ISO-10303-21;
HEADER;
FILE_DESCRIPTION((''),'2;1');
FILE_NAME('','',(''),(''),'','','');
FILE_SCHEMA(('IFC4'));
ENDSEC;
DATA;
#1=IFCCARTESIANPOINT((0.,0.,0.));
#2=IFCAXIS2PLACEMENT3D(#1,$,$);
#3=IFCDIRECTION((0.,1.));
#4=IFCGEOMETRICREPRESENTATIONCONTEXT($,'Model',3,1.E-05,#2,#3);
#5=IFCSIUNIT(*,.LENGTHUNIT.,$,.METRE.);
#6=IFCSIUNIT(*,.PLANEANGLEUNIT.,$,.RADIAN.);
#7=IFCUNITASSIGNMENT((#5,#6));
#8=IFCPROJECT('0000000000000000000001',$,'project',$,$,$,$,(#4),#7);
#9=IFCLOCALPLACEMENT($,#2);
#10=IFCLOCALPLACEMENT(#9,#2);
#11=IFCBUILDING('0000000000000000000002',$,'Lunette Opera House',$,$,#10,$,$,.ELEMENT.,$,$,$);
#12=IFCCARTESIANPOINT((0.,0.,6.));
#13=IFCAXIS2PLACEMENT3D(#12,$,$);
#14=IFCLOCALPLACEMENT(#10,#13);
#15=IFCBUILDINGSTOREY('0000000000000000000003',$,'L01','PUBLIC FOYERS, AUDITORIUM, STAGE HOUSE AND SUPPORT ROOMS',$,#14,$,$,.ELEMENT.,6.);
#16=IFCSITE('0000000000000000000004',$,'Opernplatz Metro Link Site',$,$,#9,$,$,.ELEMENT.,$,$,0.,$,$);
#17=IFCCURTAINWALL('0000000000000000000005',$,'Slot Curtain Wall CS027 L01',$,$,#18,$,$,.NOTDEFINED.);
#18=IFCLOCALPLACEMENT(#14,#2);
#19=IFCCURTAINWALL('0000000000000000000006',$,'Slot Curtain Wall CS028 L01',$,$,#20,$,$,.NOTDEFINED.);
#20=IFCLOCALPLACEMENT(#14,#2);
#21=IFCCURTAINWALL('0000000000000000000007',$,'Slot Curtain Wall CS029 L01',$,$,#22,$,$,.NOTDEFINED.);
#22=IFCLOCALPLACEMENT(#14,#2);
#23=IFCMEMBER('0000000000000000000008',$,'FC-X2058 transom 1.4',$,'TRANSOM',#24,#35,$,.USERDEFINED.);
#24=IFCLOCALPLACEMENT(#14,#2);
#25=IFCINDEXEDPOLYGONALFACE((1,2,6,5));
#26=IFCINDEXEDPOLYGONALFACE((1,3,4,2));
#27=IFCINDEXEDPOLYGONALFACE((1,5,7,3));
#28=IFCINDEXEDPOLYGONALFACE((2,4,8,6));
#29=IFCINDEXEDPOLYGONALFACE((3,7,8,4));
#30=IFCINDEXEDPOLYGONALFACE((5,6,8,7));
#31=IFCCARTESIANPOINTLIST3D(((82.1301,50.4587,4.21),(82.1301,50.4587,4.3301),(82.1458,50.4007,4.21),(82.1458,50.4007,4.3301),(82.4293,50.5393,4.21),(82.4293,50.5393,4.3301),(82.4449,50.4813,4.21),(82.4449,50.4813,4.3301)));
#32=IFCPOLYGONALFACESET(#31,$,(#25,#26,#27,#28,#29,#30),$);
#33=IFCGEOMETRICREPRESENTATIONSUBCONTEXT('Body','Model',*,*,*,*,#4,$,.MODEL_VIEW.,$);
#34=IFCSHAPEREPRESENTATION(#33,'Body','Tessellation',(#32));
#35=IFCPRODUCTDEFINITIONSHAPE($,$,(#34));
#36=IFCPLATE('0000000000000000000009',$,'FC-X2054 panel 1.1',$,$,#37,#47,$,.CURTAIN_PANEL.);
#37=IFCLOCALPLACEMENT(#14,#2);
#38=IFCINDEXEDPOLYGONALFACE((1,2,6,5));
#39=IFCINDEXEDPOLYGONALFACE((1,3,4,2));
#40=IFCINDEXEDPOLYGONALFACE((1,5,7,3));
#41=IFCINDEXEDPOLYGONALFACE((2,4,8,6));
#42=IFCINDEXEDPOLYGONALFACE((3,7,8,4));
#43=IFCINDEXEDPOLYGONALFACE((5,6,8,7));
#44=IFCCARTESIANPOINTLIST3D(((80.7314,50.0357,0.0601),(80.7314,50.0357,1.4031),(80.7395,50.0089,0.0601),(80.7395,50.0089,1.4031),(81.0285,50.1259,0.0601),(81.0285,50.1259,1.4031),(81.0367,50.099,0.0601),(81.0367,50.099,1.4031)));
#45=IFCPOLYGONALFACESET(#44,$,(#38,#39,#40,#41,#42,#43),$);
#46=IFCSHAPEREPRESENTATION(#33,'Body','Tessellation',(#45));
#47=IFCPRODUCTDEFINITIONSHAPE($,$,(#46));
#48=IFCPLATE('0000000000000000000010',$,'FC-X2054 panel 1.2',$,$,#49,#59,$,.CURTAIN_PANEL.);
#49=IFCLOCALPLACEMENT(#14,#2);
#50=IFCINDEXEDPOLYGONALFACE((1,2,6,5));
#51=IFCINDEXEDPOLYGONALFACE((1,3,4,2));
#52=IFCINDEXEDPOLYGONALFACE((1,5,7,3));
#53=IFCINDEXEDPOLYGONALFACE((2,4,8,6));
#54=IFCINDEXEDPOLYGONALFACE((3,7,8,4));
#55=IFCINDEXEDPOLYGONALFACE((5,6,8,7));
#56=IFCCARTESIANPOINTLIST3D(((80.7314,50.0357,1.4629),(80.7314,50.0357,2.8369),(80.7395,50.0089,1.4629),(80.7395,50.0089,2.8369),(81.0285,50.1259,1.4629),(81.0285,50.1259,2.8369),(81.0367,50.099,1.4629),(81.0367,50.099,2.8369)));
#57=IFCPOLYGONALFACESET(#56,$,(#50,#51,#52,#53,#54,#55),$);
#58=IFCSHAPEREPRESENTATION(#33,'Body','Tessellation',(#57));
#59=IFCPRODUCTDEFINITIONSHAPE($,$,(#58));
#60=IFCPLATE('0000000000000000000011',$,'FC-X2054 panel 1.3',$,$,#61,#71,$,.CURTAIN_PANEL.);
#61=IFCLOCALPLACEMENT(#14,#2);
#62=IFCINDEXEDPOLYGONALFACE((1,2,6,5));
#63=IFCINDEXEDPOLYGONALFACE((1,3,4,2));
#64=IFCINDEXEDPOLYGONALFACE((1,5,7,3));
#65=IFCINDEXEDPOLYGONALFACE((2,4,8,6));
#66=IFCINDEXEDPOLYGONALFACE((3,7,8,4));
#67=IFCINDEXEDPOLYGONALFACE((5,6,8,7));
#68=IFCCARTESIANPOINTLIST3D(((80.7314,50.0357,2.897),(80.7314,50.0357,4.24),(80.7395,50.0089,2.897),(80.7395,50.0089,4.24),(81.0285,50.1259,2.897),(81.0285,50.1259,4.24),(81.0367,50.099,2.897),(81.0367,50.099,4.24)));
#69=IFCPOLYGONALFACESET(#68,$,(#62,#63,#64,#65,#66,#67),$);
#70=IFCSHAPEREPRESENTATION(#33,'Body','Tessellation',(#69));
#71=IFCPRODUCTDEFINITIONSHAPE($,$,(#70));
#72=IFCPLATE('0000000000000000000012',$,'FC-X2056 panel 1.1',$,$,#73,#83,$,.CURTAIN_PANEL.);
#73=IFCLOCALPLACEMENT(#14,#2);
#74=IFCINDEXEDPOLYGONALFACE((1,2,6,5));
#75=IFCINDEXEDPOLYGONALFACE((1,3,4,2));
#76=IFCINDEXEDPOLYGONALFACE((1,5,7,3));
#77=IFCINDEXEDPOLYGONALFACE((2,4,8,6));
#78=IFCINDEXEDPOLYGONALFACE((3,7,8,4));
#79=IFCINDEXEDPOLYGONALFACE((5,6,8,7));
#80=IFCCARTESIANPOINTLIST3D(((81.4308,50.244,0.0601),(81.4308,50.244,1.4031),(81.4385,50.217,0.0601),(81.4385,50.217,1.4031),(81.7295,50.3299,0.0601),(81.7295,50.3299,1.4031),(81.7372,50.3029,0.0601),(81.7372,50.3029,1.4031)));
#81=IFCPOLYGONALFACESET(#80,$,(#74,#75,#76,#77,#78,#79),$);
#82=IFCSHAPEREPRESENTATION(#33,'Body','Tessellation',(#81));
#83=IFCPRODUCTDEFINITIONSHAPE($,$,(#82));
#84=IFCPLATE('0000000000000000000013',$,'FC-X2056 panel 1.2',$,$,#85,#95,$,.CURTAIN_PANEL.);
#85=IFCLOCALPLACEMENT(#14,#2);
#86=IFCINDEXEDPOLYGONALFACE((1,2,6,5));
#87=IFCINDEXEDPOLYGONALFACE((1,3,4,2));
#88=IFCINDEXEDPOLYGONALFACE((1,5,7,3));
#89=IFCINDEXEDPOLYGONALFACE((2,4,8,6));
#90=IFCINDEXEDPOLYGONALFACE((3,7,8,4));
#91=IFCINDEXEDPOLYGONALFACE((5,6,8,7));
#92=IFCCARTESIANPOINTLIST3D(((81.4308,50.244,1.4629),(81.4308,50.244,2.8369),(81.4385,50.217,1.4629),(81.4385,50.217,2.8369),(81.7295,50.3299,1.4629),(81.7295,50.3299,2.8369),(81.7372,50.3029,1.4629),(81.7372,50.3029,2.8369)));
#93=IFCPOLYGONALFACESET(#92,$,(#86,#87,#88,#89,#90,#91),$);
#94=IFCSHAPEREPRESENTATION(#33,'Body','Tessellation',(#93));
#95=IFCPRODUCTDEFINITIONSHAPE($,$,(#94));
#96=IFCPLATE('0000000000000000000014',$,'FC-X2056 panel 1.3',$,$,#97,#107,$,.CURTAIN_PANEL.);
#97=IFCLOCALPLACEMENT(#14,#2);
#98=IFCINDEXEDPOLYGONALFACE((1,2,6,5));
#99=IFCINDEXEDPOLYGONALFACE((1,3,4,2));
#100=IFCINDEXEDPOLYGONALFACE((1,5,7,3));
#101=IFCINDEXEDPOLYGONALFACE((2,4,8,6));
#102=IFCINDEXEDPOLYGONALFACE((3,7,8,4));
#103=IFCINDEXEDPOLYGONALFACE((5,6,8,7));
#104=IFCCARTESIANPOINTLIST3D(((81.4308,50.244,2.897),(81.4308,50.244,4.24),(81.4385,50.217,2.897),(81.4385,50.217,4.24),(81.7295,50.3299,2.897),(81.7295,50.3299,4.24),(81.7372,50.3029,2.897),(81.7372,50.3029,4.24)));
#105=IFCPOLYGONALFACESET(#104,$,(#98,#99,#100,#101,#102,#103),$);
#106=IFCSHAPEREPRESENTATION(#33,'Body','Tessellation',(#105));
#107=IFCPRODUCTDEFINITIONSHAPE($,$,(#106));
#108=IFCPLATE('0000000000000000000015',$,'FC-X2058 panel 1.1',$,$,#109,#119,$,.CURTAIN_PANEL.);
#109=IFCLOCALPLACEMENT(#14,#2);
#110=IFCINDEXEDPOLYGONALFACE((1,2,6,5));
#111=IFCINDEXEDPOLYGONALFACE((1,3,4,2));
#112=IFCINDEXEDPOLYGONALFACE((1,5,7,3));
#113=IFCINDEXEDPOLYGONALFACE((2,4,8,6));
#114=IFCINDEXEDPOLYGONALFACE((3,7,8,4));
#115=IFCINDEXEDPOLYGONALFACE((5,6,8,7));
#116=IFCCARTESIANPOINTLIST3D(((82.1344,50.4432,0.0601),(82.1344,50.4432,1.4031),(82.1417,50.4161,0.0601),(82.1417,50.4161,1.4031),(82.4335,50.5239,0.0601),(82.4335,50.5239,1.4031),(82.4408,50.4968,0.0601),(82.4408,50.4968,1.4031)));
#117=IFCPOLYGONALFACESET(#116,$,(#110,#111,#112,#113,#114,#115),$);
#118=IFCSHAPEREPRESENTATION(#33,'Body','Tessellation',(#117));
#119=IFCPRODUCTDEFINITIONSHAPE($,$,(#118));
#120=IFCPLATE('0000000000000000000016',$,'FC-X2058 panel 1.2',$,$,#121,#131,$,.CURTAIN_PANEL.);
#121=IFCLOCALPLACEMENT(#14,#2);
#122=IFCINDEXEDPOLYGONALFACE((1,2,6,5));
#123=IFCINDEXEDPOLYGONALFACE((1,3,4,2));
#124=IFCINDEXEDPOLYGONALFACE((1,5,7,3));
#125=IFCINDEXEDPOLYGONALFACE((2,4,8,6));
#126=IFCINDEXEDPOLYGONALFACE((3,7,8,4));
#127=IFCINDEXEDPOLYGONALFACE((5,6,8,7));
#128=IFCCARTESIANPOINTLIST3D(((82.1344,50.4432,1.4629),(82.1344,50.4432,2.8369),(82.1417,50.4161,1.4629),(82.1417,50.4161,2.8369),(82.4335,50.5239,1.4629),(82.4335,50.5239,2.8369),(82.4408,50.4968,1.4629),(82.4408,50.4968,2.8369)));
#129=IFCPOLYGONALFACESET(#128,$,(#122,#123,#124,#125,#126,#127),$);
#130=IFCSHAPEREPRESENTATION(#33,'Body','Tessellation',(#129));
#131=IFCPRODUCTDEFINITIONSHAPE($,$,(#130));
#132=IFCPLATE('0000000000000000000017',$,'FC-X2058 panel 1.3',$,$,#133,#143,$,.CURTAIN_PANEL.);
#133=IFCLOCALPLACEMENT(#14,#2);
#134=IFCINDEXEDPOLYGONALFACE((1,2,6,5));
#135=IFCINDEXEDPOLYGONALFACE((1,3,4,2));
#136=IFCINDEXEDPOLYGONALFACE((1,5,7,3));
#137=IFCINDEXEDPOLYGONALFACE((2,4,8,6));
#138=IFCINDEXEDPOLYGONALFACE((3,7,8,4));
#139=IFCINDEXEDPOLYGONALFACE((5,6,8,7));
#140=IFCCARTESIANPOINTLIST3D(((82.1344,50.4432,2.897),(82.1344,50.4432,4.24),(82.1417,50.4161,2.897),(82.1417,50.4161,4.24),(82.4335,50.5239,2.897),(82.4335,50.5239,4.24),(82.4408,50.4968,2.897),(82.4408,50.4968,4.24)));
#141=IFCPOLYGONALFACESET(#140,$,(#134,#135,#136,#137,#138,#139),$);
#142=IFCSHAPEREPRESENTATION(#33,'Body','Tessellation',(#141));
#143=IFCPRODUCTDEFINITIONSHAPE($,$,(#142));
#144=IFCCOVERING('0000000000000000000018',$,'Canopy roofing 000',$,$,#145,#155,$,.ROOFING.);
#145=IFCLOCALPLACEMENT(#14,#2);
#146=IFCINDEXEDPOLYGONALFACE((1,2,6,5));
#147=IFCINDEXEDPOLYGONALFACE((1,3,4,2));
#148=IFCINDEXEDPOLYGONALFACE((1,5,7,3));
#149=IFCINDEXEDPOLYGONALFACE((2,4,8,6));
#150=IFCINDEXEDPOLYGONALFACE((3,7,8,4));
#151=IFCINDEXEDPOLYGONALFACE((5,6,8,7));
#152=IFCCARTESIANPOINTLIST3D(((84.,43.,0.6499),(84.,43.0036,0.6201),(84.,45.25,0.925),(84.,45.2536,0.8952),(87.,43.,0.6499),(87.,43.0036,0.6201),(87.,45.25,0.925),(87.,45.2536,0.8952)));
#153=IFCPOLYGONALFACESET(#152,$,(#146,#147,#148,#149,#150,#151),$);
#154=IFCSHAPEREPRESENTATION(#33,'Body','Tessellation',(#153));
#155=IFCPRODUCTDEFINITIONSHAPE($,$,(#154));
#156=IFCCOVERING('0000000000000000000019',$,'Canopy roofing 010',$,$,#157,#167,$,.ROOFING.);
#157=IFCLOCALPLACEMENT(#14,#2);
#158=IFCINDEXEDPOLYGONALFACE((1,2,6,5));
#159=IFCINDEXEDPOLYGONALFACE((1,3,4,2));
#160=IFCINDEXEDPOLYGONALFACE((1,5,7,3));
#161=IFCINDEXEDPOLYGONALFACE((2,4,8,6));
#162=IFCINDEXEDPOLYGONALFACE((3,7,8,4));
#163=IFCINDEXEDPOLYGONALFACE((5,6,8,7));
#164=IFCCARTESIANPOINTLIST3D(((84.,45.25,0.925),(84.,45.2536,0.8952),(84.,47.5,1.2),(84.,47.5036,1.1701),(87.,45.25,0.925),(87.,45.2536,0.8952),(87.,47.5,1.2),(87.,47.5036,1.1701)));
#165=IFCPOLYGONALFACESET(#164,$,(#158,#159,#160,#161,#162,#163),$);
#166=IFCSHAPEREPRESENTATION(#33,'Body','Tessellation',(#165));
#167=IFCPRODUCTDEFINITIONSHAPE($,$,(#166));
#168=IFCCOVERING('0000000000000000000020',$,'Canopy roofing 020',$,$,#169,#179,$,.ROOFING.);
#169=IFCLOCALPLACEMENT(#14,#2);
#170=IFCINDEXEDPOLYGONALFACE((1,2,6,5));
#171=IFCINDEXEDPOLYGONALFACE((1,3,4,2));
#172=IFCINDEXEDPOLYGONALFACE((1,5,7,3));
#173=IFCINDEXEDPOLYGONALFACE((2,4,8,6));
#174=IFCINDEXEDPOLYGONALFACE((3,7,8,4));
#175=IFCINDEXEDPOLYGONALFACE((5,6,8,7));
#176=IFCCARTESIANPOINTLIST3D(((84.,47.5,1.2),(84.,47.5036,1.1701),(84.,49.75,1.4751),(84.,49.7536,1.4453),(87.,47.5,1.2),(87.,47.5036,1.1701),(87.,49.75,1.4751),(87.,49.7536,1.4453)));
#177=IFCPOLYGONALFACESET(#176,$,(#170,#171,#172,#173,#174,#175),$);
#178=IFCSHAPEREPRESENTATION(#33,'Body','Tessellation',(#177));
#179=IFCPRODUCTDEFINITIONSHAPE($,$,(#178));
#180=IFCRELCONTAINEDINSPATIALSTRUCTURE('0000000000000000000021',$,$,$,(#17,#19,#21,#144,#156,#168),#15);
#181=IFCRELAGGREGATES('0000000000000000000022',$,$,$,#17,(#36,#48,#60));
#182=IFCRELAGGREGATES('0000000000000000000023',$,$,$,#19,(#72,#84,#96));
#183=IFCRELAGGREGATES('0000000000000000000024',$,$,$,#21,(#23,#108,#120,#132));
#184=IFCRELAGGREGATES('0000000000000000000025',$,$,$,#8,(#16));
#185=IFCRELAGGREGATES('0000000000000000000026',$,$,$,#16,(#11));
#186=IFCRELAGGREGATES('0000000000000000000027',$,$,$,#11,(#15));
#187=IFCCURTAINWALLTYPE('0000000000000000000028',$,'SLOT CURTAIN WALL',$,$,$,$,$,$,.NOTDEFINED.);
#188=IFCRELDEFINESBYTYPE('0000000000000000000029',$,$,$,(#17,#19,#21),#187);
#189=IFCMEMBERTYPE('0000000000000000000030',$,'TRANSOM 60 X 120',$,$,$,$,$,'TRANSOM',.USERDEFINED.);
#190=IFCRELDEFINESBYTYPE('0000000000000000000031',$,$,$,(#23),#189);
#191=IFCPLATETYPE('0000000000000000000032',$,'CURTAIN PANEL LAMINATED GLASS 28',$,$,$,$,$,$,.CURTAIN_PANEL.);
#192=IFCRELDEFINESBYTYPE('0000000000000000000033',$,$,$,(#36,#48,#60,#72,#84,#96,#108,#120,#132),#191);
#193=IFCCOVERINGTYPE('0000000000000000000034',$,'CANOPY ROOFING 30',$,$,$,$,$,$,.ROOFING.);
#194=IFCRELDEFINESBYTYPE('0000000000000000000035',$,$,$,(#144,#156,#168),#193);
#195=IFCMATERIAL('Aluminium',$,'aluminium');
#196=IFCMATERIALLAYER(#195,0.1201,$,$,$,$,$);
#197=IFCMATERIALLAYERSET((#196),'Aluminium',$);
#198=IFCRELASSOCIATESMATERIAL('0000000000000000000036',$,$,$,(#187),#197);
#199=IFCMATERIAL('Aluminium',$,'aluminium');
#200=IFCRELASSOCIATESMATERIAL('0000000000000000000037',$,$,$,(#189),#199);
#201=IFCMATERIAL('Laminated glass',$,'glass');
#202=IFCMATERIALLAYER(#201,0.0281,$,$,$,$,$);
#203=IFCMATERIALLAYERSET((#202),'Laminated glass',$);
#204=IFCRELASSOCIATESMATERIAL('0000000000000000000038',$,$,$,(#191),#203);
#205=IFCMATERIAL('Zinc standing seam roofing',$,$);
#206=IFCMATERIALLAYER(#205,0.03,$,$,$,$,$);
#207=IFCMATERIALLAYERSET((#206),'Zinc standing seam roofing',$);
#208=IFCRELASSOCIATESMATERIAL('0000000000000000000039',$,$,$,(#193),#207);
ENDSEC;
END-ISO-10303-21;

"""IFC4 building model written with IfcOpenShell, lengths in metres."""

from ifc_helpers import new_model, si_unit, direction, frame, origin, origin_2d, place, context, subcontext, project, spatial, polyline, rectangle, outline, extrude, material, layer, layer_set, material_profile, profile_set, type_object, element, aggregate, save


model = new_model("IFC4")

# Units and contexts
model_context = context("Model", 3, precision=1e-05, world=origin(), true_north=direction((0.0, 1.0)))
body_context = subcontext(model_context, "Body", "Model", "MODEL_VIEW")
ifc_project = project(units=[si_unit("LENGTHUNIT", "METRE"), si_unit("PLANEANGLEUNIT", "RADIAN")], contexts=[model_context])

# Site, building, storey
site_placement = place(None, origin())
site = spatial("IfcSite", under=ifc_project, at=site_placement, Name="Opernplatz Metro Link Site", CompositionType="ELEMENT", RefElevation=0.0)
building_placement = place(site_placement, origin())
building = spatial("IfcBuilding", under=site, at=building_placement, Name="Lunette Opera House", CompositionType="ELEMENT")
storey_placement = place(building_placement, frame((0.0, 0.0, 6.0)))
storey = spatial("IfcBuildingStorey", under=building, at=storey_placement, Name="L01", Description="PUBLIC FOYERS, AUDITORIUM, STAGE HOUSE AND SUPPORT ROOMS", CompositionType="ELEMENT", Elevation=6.0)

# Curtain wall
ifc_material_1 = material(Name="Aluminium", Category="aluminium")
ifc_layer_1 = layer(ifc_material_1, 0.1201)
ifc_layer_set_1 = layer_set([ifc_layer_1], Name="Aluminium")
curtain_wall_type = type_object("IfcCurtainWallType", Name="SLOT CURTAIN WALL", PredefinedType="NOTDEFINED", material=ifc_layer_set_1)
curtain_wall_1_placement = place(storey_placement, origin())
curtain_wall_1 = element("IfcCurtainWall", 1, at=curtain_wall_1_placement, inside=storey, type_object=curtain_wall_type, Name="Slot Curtain Wall CS027 L01", PredefinedType="NOTDEFINED")

# Curtain walls
curtain_wall_2_placement = place(storey_placement, origin())
curtain_wall_2 = element("IfcCurtainWall", 2, at=curtain_wall_2_placement, inside=storey, type_object=curtain_wall_type, Name="Slot Curtain Wall CS028 L01", PredefinedType="NOTDEFINED")
curtain_wall_3_placement = place(storey_placement, origin())
curtain_wall_3 = element("IfcCurtainWall", 3, at=curtain_wall_3_placement, inside=storey, type_object=curtain_wall_type, Name="Slot Curtain Wall CS029 L01", PredefinedType="NOTDEFINED")

# Member
ifc_material_2 = material(Name="Aluminium", Category="aluminium")
ifc_material_profile_1 = material_profile(ifc_material_2, rectangle(XDim=0.0601, YDim=0.1201, at=origin_2d()), Name="TRANSOM 60 X 120")
ifc_profile_set_1 = profile_set([ifc_material_profile_1], Name="Aluminium")
member_type_1 = type_object("IfcMemberType", Name="TRANSOM 60 X 120", ElementType="TRANSOM", PredefinedType="USERDEFINED", material=ifc_profile_set_1)
member_1_placement = place(storey_placement, frame((82.1379, 50.4297, 4.27), z_axis=(0.965578, 0.260115, 0.0), x_axis=(-0.260115, 0.965578, 0.0)))
member_1 = element("IfcMember", 4, at=member_1_placement, type_object=member_type_1, Name="FC-X2058 transom 1.4", ObjectType="TRANSOM", PredefinedType="USERDEFINED", context=body_context, shape_type="SweptSolid", body=[
    extrude(rectangle(XDim=0.0601, YDim=0.1201, at=origin_2d()), origin(), (0.0, 0.0, 1.0), 0.3098),
])

# Plates
ifc_material_3 = material(Name="Laminated glass", Category="glass")
ifc_layer_2 = layer(ifc_material_3, 0.0281)
ifc_layer_set_2 = layer_set([ifc_layer_2], Name="Laminated glass")
plate_type = type_object("IfcPlateType", Name="CURTAIN PANEL LAMINATED GLASS 28", PredefinedType="CURTAIN_PANEL", material=ifc_layer_set_2)
plate_1_placement = place(storey_placement, frame((80.884, 50.0674, 0.0601), z_axis=(0.0, 0.0, 1.0), x_axis=(0.956927, 0.29033, 0.0)))
plate_1 = element("IfcPlate", 5, at=plate_1_placement, type_object=plate_type, Name="FC-X2054 panel 1.1", PredefinedType="CURTAIN_PANEL", context=body_context, shape_type="SweptSolid", body=[
    extrude(rectangle(XDim=0.3105, YDim=0.0281, at=origin_2d()), origin(), (0.0, 0.0, 1.0), 1.343),
])
plate_2_placement = place(storey_placement, frame((80.884, 50.0674, 1.4629), z_axis=(0.0, 0.0, 1.0), x_axis=(0.956927, 0.29033, 0.0)))
plate_2 = element("IfcPlate", 6, at=plate_2_placement, type_object=plate_type, Name="FC-X2054 panel 1.2", PredefinedType="CURTAIN_PANEL", context=body_context, shape_type="SweptSolid", body=[
    extrude(rectangle(XDim=0.3105, YDim=0.0281, at=origin_2d()), origin(), (0.0, 0.0, 1.0), 1.374),
])
plate_3_placement = place(storey_placement, frame((80.884, 50.0674, 2.897), z_axis=(0.0, 0.0, 1.0), x_axis=(0.956927, 0.29033, 0.0)))
plate_3 = element("IfcPlate", 7, at=plate_3_placement, type_object=plate_type, Name="FC-X2054 panel 1.3", PredefinedType="CURTAIN_PANEL", context=body_context, shape_type="SweptSolid", body=[
    extrude(rectangle(XDim=0.3105, YDim=0.0281, at=origin_2d()), origin(), (0.0, 0.0, 1.0), 1.343),
])
aggregate(curtain_wall_1, [plate_1, plate_2, plate_3])
plate_4_placement = place(storey_placement, frame((81.584, 50.2734, 0.0601), z_axis=(0.0, 0.0, 1.0), x_axis=(0.961085, 0.276254, 0.0)))
plate_4 = element("IfcPlate", 8, at=plate_4_placement, type_object=plate_type, Name="FC-X2056 panel 1.1", PredefinedType="CURTAIN_PANEL", context=body_context, shape_type="SweptSolid", body=[
    extrude(rectangle(XDim=0.3108, YDim=0.0281, at=origin_2d()), origin(), (0.0, 0.0, 1.0), 1.343),
])
plate_5_placement = place(storey_placement, frame((81.584, 50.2734, 1.4629), z_axis=(0.0, 0.0, 1.0), x_axis=(0.961085, 0.276254, 0.0)))
plate_5 = element("IfcPlate", 9, at=plate_5_placement, type_object=plate_type, Name="FC-X2056 panel 1.2", PredefinedType="CURTAIN_PANEL", context=body_context, shape_type="SweptSolid", body=[
    extrude(rectangle(XDim=0.3108, YDim=0.0281, at=origin_2d()), origin(), (0.0, 0.0, 1.0), 1.374),
])
plate_6_placement = place(storey_placement, frame((81.584, 50.2734, 2.897), z_axis=(0.0, 0.0, 1.0), x_axis=(0.961085, 0.276254, 0.0)))
plate_6 = element("IfcPlate", 10, at=plate_6_placement, type_object=plate_type, Name="FC-X2056 panel 1.3", PredefinedType="CURTAIN_PANEL", context=body_context, shape_type="SweptSolid", body=[
    extrude(rectangle(XDim=0.3108, YDim=0.0281, at=origin_2d()), origin(), (0.0, 0.0, 1.0), 1.343),
])
aggregate(curtain_wall_2, [plate_4, plate_5, plate_6])
plate_7_placement = place(storey_placement, frame((82.2876, 50.47, 0.0601), z_axis=(0.0, 0.0, 1.0), x_axis=(0.965458, 0.260557, 0.0)))
plate_7 = element("IfcPlate", 11, at=plate_7_placement, type_object=plate_type, Name="FC-X2058 panel 1.1", PredefinedType="CURTAIN_PANEL", context=body_context, shape_type="SweptSolid", body=[
    extrude(rectangle(XDim=0.3098, YDim=0.0281, at=origin_2d()), origin(), (0.0, 0.0, 1.0), 1.343),
])
plate_8_placement = place(storey_placement, frame((82.2876, 50.47, 1.4629), z_axis=(0.0, 0.0, 1.0), x_axis=(0.965458, 0.260557, 0.0)))
plate_8 = element("IfcPlate", 12, at=plate_8_placement, type_object=plate_type, Name="FC-X2058 panel 1.2", PredefinedType="CURTAIN_PANEL", context=body_context, shape_type="SweptSolid", body=[
    extrude(rectangle(XDim=0.3098, YDim=0.0281, at=origin_2d()), origin(), (0.0, 0.0, 1.0), 1.374),
])
plate_9_placement = place(storey_placement, frame((82.2876, 50.47, 2.897), z_axis=(0.0, 0.0, 1.0), x_axis=(0.965458, 0.260557, 0.0)))
plate_9 = element("IfcPlate", 13, at=plate_9_placement, type_object=plate_type, Name="FC-X2058 panel 1.3", PredefinedType="CURTAIN_PANEL", context=body_context, shape_type="SweptSolid", body=[
    extrude(rectangle(XDim=0.3098, YDim=0.0281, at=origin_2d()), origin(), (0.0, 0.0, 1.0), 1.343),
])
aggregate(curtain_wall_3, [member_1, plate_7, plate_8, plate_9])

# Coverings
ifc_material_4 = material(Name="Zinc standing seam roofing")
ifc_layer_3 = layer(ifc_material_4, 0.03)
ifc_layer_set_3 = layer_set([ifc_layer_3], Name="Zinc standing seam roofing")
covering_type = type_object("IfcCoveringType", Name="CANOPY ROOFING 30", PredefinedType="ROOFING", material=ifc_layer_set_3)
covering_1_placement = place(storey_placement, frame((84.0, 43.0, 0.6499), z_axis=(0.0, -0.121383, 0.992606), x_axis=(0.0, 0.992606, 0.121383)))
element("IfcCovering", 14, at=covering_1_placement, inside=storey, type_object=covering_type, Name="Canopy roofing 000", PredefinedType="ROOFING", context=body_context, shape_type="SweptSolid", body=[
    extrude(outline(polyline([(0.0, 0.0), (2.2668, 0.0), (2.2668, -3.0), (0.0, -3.0), (0.0, 0.0)])), origin(), (0.0, 0.0, -1.0), 0.03),
])
covering_2_placement = place(storey_placement, frame((84.0, 45.25, 0.925), z_axis=(0.0, -0.121277, 0.992619), x_axis=(0.0, 0.992619, 0.121277)))
element("IfcCovering", 15, at=covering_2_placement, inside=storey, type_object=covering_type, Name="Canopy roofing 010", PredefinedType="ROOFING", context=body_context, shape_type="SweptSolid", body=[
    extrude(outline(polyline([(0.0, 0.0), (2.2667, 0.0), (2.2667, -3.0), (0.0, -3.0), (0.0, 0.0)])), origin(), (0.0, 0.0, -1.0), 0.03),
])
covering_3_placement = place(storey_placement, frame((84.0, 47.5, 1.2), z_axis=(0.0, -0.121383, 0.992606), x_axis=(0.0, 0.992606, 0.121383)))
element("IfcCovering", 16, at=covering_3_placement, inside=storey, type_object=covering_type, Name="Canopy roofing 020", PredefinedType="ROOFING", context=body_context, shape_type="SweptSolid", body=[
    extrude(outline(polyline([(0.0, 0.0), (2.2668, 0.0), (2.2668, -3.0), (0.0, -3.0), (0.0, 0.0)])), origin(), (0.0, 0.0, -1.0), 0.03),
])

save(model, "model.ifc")
